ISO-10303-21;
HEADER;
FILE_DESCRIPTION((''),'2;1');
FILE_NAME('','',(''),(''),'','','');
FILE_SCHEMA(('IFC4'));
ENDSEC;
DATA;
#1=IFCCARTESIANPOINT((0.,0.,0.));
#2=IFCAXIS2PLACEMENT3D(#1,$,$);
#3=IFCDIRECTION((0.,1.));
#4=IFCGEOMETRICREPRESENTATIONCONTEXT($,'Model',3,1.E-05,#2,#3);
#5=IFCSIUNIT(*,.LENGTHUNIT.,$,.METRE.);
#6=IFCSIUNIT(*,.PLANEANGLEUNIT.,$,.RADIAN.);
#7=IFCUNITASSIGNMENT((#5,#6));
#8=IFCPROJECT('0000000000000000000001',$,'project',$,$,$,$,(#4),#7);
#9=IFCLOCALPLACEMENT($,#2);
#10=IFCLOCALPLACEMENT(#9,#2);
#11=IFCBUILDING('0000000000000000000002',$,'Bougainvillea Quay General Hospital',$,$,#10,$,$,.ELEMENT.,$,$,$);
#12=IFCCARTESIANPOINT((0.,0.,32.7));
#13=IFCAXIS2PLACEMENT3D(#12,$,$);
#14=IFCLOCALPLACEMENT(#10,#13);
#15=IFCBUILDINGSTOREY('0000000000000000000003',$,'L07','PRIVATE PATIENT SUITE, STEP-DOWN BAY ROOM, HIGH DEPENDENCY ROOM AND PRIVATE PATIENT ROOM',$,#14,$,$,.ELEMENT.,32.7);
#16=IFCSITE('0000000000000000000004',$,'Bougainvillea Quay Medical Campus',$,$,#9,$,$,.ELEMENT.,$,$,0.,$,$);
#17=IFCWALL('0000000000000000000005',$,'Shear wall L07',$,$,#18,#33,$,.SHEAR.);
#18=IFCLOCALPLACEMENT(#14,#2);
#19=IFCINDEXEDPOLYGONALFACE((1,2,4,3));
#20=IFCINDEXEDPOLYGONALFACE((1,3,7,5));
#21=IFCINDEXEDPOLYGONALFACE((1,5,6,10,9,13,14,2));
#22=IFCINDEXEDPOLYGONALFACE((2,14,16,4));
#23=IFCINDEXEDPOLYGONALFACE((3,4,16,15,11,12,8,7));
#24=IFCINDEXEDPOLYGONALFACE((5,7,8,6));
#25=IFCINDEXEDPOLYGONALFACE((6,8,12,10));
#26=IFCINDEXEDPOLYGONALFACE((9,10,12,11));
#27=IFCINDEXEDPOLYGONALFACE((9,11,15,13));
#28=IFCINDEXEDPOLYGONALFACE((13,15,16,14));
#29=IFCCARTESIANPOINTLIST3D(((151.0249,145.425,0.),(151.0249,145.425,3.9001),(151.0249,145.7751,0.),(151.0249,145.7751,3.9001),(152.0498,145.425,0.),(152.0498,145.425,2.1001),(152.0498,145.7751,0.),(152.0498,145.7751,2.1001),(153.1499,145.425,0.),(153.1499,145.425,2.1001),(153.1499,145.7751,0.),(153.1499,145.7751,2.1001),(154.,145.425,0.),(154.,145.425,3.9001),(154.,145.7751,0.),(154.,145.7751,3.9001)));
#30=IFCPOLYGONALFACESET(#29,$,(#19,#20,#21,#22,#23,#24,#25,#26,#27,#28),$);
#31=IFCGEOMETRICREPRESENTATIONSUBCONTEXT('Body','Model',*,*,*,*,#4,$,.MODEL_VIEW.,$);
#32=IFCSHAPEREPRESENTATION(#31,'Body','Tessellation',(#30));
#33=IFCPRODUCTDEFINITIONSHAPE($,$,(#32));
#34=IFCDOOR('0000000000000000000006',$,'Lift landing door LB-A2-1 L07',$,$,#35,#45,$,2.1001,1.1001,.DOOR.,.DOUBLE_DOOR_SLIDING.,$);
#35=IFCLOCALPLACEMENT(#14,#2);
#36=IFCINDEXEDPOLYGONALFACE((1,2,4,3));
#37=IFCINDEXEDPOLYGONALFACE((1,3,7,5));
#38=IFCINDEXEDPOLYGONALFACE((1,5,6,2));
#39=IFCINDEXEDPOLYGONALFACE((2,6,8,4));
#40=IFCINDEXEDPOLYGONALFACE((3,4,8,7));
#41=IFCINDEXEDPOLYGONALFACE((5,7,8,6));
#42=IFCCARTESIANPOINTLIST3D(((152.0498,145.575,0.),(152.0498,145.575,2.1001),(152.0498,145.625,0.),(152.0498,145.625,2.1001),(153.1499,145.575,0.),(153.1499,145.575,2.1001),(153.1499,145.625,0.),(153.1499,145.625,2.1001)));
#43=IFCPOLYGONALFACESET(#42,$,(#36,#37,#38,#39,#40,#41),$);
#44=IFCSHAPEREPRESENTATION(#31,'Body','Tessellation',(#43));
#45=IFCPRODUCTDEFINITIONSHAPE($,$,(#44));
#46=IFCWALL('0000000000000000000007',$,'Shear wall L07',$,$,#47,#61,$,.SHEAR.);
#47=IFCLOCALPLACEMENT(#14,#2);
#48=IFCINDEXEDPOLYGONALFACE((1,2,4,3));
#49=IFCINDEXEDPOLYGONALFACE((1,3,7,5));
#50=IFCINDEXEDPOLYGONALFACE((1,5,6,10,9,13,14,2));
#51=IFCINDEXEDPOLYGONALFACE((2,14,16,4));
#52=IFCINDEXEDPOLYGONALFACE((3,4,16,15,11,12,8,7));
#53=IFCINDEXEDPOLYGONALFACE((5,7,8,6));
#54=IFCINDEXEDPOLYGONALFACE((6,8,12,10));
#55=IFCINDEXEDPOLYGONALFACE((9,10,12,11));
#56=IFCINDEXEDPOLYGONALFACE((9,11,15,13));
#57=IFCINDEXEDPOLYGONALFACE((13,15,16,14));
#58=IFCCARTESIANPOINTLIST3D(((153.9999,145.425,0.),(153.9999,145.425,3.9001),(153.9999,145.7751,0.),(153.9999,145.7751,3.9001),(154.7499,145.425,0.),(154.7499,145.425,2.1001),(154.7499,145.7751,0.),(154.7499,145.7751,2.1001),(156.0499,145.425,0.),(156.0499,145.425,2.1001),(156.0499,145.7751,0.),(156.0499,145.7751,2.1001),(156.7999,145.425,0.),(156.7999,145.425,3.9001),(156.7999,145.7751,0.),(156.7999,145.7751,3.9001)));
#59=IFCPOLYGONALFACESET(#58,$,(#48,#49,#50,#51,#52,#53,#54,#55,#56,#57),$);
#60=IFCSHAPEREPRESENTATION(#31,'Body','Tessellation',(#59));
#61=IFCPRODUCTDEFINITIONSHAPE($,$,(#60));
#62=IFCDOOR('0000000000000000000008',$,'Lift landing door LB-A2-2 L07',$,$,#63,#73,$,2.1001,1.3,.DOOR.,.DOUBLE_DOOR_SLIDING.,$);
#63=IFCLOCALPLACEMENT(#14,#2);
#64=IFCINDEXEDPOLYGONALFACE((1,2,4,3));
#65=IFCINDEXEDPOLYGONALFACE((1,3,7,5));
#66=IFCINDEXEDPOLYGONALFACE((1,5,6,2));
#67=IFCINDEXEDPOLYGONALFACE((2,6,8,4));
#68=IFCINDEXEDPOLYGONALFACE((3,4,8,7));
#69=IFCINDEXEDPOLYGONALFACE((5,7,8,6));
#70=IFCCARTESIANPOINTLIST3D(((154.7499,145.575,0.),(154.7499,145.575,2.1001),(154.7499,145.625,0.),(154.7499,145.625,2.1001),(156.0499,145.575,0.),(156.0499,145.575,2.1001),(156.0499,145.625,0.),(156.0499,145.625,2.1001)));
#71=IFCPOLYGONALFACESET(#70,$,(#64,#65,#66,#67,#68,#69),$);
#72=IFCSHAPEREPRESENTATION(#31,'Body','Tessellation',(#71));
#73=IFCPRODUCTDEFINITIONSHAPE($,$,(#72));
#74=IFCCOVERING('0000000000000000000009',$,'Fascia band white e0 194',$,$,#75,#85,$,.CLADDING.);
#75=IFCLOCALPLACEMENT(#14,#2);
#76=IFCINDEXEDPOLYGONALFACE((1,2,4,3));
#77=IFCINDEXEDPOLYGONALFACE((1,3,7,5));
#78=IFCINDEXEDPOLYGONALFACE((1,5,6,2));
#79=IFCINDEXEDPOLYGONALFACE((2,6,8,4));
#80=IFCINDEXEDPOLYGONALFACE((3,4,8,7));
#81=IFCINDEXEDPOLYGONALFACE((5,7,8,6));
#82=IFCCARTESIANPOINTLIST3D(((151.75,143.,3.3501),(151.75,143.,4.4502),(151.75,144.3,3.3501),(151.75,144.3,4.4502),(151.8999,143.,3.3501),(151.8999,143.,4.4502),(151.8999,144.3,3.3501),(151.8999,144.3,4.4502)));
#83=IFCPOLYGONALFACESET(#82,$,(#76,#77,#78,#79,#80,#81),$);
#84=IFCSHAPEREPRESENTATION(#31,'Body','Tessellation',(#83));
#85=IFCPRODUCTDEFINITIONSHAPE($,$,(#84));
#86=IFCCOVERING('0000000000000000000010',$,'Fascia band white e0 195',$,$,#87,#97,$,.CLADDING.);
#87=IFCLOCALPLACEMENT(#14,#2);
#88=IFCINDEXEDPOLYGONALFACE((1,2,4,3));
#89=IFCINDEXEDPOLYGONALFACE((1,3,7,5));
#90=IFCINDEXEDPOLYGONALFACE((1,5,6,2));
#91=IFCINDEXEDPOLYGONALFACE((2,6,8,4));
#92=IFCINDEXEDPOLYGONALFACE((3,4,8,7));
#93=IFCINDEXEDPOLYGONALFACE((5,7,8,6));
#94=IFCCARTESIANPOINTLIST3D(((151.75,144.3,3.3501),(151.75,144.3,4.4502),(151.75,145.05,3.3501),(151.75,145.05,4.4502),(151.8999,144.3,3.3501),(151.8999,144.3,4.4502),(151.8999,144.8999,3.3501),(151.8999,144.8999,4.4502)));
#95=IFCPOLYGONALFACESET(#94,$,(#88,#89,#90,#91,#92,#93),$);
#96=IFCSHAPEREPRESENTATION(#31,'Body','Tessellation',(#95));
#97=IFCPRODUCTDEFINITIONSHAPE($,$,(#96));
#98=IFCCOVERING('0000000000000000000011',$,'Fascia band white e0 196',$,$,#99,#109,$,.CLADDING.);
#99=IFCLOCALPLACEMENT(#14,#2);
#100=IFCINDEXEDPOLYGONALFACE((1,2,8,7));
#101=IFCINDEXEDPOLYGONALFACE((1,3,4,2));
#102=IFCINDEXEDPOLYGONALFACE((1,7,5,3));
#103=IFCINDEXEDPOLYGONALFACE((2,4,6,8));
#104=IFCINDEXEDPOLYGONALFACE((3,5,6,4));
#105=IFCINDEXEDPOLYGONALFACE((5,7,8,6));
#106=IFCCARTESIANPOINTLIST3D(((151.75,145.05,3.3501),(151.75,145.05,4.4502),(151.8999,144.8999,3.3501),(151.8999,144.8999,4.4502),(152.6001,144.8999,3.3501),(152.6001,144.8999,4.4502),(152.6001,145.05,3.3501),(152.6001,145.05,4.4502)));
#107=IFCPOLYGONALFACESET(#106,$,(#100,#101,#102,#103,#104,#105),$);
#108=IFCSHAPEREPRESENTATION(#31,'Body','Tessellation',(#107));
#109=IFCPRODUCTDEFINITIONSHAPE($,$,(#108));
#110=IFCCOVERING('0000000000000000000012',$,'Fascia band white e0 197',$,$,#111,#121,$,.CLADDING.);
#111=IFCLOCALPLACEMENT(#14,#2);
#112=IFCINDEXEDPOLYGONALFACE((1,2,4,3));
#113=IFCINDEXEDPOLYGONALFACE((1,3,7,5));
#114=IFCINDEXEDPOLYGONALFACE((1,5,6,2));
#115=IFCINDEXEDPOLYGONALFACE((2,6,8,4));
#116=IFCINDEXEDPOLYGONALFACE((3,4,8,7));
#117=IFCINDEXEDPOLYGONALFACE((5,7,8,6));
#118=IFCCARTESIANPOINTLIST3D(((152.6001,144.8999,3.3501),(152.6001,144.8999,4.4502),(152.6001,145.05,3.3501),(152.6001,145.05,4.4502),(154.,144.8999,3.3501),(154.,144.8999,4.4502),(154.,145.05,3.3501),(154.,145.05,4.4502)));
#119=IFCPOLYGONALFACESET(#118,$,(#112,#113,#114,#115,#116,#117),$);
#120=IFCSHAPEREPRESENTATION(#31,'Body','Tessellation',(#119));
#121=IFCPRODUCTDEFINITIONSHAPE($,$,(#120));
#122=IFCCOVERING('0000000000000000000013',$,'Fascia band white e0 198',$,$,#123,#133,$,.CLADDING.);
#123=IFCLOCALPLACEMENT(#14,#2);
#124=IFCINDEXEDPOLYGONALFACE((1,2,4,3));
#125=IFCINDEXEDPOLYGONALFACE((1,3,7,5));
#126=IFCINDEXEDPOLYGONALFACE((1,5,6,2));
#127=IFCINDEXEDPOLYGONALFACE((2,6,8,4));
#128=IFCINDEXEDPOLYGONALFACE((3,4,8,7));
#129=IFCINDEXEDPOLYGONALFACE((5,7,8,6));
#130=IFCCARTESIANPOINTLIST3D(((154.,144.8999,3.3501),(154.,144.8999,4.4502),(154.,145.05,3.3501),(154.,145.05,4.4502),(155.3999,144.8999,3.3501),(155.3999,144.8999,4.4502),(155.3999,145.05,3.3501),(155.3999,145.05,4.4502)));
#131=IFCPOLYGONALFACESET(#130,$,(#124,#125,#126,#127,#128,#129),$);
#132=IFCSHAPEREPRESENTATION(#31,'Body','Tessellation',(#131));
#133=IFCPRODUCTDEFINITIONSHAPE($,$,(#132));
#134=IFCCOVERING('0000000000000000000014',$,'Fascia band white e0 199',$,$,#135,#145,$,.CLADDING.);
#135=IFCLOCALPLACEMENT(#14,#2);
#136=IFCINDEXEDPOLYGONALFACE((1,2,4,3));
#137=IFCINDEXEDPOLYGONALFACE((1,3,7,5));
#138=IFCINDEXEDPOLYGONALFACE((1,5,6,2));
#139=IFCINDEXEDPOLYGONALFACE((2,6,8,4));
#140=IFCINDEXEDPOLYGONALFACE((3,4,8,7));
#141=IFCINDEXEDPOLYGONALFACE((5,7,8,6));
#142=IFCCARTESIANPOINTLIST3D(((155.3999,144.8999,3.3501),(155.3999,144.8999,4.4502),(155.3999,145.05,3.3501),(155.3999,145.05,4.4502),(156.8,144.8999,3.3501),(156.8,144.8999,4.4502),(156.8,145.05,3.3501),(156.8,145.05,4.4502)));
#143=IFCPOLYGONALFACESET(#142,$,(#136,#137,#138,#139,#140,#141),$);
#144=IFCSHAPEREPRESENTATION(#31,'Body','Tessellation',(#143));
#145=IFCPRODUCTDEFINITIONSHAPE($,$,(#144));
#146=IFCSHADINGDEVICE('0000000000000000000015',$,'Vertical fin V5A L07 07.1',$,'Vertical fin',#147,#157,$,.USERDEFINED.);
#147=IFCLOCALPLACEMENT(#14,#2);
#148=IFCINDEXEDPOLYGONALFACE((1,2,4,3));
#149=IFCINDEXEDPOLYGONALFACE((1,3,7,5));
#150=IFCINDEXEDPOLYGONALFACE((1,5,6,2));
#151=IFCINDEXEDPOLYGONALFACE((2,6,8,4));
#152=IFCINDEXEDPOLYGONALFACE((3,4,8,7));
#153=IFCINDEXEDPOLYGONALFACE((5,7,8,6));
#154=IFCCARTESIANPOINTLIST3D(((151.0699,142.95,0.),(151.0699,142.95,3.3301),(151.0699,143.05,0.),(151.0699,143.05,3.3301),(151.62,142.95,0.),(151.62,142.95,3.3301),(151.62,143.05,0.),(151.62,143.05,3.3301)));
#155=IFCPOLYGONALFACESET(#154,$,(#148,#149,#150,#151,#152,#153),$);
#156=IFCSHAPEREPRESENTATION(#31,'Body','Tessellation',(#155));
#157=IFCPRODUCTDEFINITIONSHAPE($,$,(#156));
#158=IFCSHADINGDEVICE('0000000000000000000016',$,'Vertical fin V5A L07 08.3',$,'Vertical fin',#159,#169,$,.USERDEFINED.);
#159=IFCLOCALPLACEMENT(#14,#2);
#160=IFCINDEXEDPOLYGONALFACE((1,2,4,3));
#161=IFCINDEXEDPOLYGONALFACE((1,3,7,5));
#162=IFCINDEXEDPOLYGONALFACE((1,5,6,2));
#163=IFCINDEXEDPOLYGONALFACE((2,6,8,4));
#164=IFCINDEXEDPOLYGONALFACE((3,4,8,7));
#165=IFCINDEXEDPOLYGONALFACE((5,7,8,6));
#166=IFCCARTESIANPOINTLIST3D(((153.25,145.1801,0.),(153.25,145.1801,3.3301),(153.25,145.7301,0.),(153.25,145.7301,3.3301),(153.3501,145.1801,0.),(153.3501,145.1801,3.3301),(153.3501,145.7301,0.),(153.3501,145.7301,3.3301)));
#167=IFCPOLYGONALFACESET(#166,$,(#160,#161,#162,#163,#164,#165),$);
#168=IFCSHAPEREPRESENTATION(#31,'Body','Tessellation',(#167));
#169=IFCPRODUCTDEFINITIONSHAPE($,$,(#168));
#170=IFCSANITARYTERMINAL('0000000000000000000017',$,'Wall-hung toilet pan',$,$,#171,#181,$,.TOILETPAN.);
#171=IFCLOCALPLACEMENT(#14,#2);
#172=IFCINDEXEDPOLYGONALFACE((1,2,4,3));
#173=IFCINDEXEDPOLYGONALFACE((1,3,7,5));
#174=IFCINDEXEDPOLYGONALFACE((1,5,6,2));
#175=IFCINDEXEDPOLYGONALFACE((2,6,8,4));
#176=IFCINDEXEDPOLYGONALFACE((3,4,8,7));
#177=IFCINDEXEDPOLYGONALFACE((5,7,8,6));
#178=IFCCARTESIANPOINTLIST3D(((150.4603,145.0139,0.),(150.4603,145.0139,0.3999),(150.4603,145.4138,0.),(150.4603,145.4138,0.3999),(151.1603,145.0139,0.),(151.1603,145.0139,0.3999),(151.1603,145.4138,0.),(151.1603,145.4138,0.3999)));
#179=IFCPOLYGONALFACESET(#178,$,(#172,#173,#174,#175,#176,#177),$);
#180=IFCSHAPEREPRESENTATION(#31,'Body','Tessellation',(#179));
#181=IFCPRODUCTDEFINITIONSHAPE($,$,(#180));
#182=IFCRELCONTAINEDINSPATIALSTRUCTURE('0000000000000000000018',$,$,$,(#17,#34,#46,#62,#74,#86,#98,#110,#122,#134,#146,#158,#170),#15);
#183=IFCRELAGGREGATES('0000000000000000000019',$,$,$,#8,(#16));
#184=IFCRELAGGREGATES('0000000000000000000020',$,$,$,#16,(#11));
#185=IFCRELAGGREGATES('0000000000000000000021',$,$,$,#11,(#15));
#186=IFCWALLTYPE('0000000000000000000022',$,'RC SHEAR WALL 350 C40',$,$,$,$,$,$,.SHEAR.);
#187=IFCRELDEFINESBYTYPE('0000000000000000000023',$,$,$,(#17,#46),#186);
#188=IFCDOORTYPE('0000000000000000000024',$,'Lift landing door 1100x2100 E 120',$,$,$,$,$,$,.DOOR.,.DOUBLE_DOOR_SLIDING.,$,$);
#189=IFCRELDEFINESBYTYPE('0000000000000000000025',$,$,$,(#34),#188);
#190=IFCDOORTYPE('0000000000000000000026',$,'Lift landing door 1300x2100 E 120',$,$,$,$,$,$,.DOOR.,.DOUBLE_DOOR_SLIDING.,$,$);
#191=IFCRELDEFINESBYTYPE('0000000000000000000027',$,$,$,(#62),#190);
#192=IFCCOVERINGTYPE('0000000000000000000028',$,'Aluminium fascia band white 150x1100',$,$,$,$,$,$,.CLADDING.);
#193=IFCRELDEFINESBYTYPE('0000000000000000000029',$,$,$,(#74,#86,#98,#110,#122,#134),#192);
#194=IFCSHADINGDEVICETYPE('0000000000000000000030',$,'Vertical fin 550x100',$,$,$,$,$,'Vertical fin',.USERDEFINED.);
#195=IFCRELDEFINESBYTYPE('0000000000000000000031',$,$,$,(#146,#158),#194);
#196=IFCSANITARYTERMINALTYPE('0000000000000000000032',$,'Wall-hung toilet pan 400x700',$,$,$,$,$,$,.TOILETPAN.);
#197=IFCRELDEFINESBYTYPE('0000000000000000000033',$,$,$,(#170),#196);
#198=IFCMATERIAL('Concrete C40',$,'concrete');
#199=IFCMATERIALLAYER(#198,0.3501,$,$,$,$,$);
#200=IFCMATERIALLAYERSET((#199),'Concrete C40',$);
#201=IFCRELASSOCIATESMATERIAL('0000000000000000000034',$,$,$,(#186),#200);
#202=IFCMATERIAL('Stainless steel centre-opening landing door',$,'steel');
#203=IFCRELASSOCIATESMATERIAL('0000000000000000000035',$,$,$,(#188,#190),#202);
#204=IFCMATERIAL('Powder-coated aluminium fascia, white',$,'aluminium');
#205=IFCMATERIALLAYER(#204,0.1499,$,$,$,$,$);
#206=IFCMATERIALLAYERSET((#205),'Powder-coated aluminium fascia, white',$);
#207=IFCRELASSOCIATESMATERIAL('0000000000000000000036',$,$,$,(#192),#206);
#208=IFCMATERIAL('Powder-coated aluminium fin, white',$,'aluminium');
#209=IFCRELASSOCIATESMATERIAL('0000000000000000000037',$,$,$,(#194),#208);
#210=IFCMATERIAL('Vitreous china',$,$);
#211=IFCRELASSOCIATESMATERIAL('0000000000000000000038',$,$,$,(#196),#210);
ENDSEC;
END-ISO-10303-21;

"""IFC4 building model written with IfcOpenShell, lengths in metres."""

from ifc_helpers import new_model, si_unit, direction, frame, frame_2d, origin, origin_2d, place, context, subcontext, project, spatial, polyline, rectangle, outline, extrude, material, layer, layer_set, material_profile, profile_set, type_object, element, fill, save


model = new_model("IFC4")

# Units and contexts
model_context = context("Model", 3, precision=1e-05, world=origin(), true_north=direction((0.0, 1.0)))
body_context = subcontext(model_context, "Body", "Model", "MODEL_VIEW")
ifc_project = project(units=[si_unit("LENGTHUNIT", "METRE"), si_unit("PLANEANGLEUNIT", "RADIAN")], contexts=[model_context])

# Site, building, storey
site_placement = place(None, origin())
site = spatial("IfcSite", under=ifc_project, at=site_placement, Name="Bougainvillea Quay Medical Campus", CompositionType="ELEMENT", RefElevation=0.0)
building_placement = place(site_placement, origin())
building = spatial("IfcBuilding", under=site, at=building_placement, Name="Bougainvillea Quay General Hospital", CompositionType="ELEMENT")
storey_placement = place(building_placement, frame((0.0, 0.0, 32.7)))
storey = spatial("IfcBuildingStorey", under=building, at=storey_placement, Name="L07", Description="PRIVATE PATIENT SUITE, STEP-DOWN BAY ROOM, HIGH DEPENDENCY ROOM AND PRIVATE PATIENT ROOM", CompositionType="ELEMENT", Elevation=32.7)

# Shared definitions
ifc_material_1 = material(Name="Concrete C40", Category="concrete")

# Walls, openings, doors
ifc_layer_1 = layer(ifc_material_1, 0.3501)
ifc_layer_set_1 = layer_set([ifc_layer_1], Name="Concrete C40")
wall_type_1 = type_object("IfcWallType", Name="RC SHEAR WALL 350 C40", PredefinedType="SHEAR", material=ifc_layer_set_1)
wall_1_placement = place(storey_placement, frame((151.0249, 145.6001, 0.0), z_axis=(0.0, 0.0, 1.0), x_axis=(1.0, 0.0, 0.0)))
wall_1 = element("IfcWall", 1, at=wall_1_placement, inside=storey, type_object=wall_type_1, Name="Shear wall L07", PredefinedType="SHEAR", context=body_context, shape_type="SweptSolid", body=[
    extrude(rectangle(XDim=2.9751, YDim=0.3501, at=frame_2d((1.4875, 0.0))), origin(), (0.0, 0.0, 1.0), 3.9001),
])
opening_1_placement = place(wall_1_placement, frame((1.0249, 0.0, 0.0)))
opening_1 = element("IfcOpeningElement", 2, at=opening_1_placement, cuts=wall_1, PredefinedType="OPENING", context=body_context, shape_type="SweptSolid", body=[
    extrude(rectangle(XDim=1.1001, YDim=2.1001, at=frame_2d((0.55, 1.05))), frame((0.0, 0.1851, 0.0), z_axis=(0.0, -1.0, 0.0), x_axis=(1.0, 0.0, 0.0)), (0.0, 0.0, 1.0), 0.3701),
])
ifc_material_2 = material(Name="Stainless steel centre-opening landing door", Category="steel")
door_type_1 = type_object("IfcDoorType", Name="Lift landing door 1100x2100 E 120", OperationType="DOUBLE_DOOR_SLIDING", PredefinedType="DOOR", material=ifc_material_2)
door_1_placement = place(opening_1_placement, origin())
door_1 = element("IfcDoor", 3, at=door_1_placement, inside=storey, type_object=door_type_1, Name="Lift landing door LB-A2-1 L07", OperationType="DOUBLE_DOOR_SLIDING", OverallHeight=2.1001, OverallWidth=1.1001, PredefinedType="DOOR", context=body_context, shape_type="SweptSolid", body=[
    extrude(rectangle(XDim=1.1001, YDim=2.1001, at=frame_2d((0.55, 1.05))), frame((0.0, 0.0249, 0.0), z_axis=(0.0, -1.0, 0.0), x_axis=(1.0, 0.0, 0.0)), (0.0, 0.0, 1.0), 0.05),
])
fill(opening_1, door_1)
wall_2_placement = place(storey_placement, frame((154.0, 145.6001, 0.0), z_axis=(0.0, 0.0, 1.0), x_axis=(1.0, 0.0, 0.0)))
wall_2 = element("IfcWall", 4, at=wall_2_placement, inside=storey, type_object=wall_type_1, Name="Shear wall L07", PredefinedType="SHEAR", context=body_context, shape_type="SweptSolid", body=[
    extrude(rectangle(XDim=2.8, YDim=0.3501, at=frame_2d((1.3999, 0.0))), origin(), (0.0, 0.0, 1.0), 3.9001),
])
opening_2_placement = place(wall_2_placement, frame((0.75, 0.0, 0.0)))
opening_2 = element("IfcOpeningElement", 5, at=opening_2_placement, cuts=wall_2, PredefinedType="OPENING", context=body_context, shape_type="SweptSolid", body=[
    extrude(rectangle(XDim=1.3, YDim=2.1001, at=frame_2d((0.6499, 1.05))), frame((0.0, 0.1851, 0.0), z_axis=(0.0, -1.0, 0.0), x_axis=(1.0, 0.0, 0.0)), (0.0, 0.0, 1.0), 0.3701),
])
door_type_2 = type_object("IfcDoorType", Name="Lift landing door 1300x2100 E 120", OperationType="DOUBLE_DOOR_SLIDING", PredefinedType="DOOR", material=ifc_material_2)
door_2_placement = place(opening_2_placement, origin())
door_2 = element("IfcDoor", 6, at=door_2_placement, inside=storey, type_object=door_type_2, Name="Lift landing door LB-A2-2 L07", OperationType="DOUBLE_DOOR_SLIDING", OverallHeight=2.1001, OverallWidth=1.3, PredefinedType="DOOR", context=body_context, shape_type="SweptSolid", body=[
    extrude(rectangle(XDim=1.3, YDim=2.1001, at=frame_2d((0.6499, 1.05))), frame((0.0, 0.0249, 0.0), z_axis=(0.0, -1.0, 0.0), x_axis=(1.0, 0.0, 0.0)), (0.0, 0.0, 1.0), 0.05),
])
fill(opening_2, door_2)

# Coverings
ifc_material_3 = material(Name="Powder-coated aluminium fascia, white", Category="aluminium")
ifc_layer_2 = layer(ifc_material_3, 0.1499)
ifc_layer_set_2 = layer_set([ifc_layer_2], Name="Powder-coated aluminium fascia, white")
covering_type = type_object("IfcCoveringType", Name="Aluminium fascia band white 150x1100", PredefinedType="CLADDING", material=ifc_layer_set_2)
covering_1_placement = place(storey_placement, frame((151.75, 143.0, 3.3501), z_axis=(0.0, 0.0, 1.0), x_axis=(0.0, 1.0, 0.0)))
element("IfcCovering", 7, at=covering_1_placement, inside=storey, type_object=covering_type, Name="Fascia band white e0 194", PredefinedType="CLADDING", context=body_context, shape_type="SweptSolid", body=[
    extrude(outline(polyline([(0.0, 0.0), (1.3, 0.0), (1.3, -0.1499), (0.0, -0.1499), (0.0, 0.0)])), origin(), (0.0, 0.0, 1.0), 1.1001),
])
covering_2_placement = place(storey_placement, frame((151.75, 144.3, 3.3501), z_axis=(0.0, 0.0, 1.0), x_axis=(0.0, 1.0, 0.0)))
element("IfcCovering", 8, at=covering_2_placement, inside=storey, type_object=covering_type, Name="Fascia band white e0 195", PredefinedType="CLADDING", context=body_context, shape_type="SweptSolid", body=[
    extrude(outline(polyline([(0.0, 0.0), (0.75, 0.0), (0.5999, -0.1499), (0.0, -0.1499), (0.0, 0.0)])), origin(), (0.0, 0.0, 1.0), 1.1001),
])
covering_3_placement = place(storey_placement, frame((151.75, 145.05, 3.3501), z_axis=(0.0, 0.0, 1.0), x_axis=(1.0, 0.0, 0.0)))
element("IfcCovering", 9, at=covering_3_placement, inside=storey, type_object=covering_type, Name="Fascia band white e0 196", PredefinedType="CLADDING", context=body_context, shape_type="SweptSolid", body=[
    extrude(outline(polyline([(0.0, 0.0), (0.8501, 0.0), (0.8501, -0.1501), (0.1499, -0.1501), (0.0, 0.0)])), origin(), (0.0, 0.0, 1.0), 1.1001),
])
for number, where, z_axis, x_axis, name in (
    (10, (152.6001, 145.05, 3.3501), (0.0, 0.0, 1.0), (1.0, 0.0, 0.0), "Fascia band white e0 197"),
    (11, (154.0, 145.05, 3.3501), (0.0, 0.0, 1.0), (1.0, 0.0, 0.0), "Fascia band white e0 198"),
):
    element("IfcCovering", number, at=place(storey_placement, frame(where, z_axis=z_axis, x_axis=x_axis)), inside=storey, type_object=covering_type, Name=name, PredefinedType="CLADDING", context=body_context, shape_type="SweptSolid", body=[
        extrude(outline(polyline([(0.0, 0.0), (1.3999, 0.0), (1.3999, -0.1501), (0.0, -0.1501), (0.0, 0.0)])), origin(), (0.0, 0.0, 1.0), 1.1001),
    ])
covering_4_placement = place(storey_placement, frame((155.3999, 145.05, 3.3501), z_axis=(0.0, 0.0, 1.0), x_axis=(1.0, 0.0, 0.0)))
element("IfcCovering", 12, at=covering_4_placement, inside=storey, type_object=covering_type, Name="Fascia band white e0 199", PredefinedType="CLADDING", context=body_context, shape_type="SweptSolid", body=[
    extrude(outline(polyline([(0.0, 0.0), (1.4001, 0.0), (1.4001, -0.1501), (0.0, -0.1501), (0.0, 0.0)])), origin(), (0.0, 0.0, 1.0), 1.1001),
])

# Shading devices
ifc_material_4 = material(Name="Powder-coated aluminium fin, white", Category="aluminium")
ifc_material_profile_1 = material_profile(ifc_material_4, rectangle(XDim=0.55, YDim=0.1001, at=origin_2d()))
ifc_profile_set_1 = profile_set([ifc_material_profile_1], Name="Powder-coated aluminium fin, white")
shading_device_type = type_object("IfcShadingDeviceType", Name="Vertical fin 550x100", ElementType="Vertical fin", PredefinedType="USERDEFINED", material=ifc_profile_set_1)
for number, where, z_axis, x_axis, name in (
    (13, (151.345, 143.0, 0.0), (0.0, 0.0, 1.0), (1.0, 0.0, 0.0), "Vertical fin V5A L07 07.1"),
    (14, (153.3, 145.4551, 0.0), (0.0, 0.0, 1.0), (0.0, -1.0, 0.0), "Vertical fin V5A L07 08.3"),
):
    element("IfcShadingDevice", number, at=place(storey_placement, frame(where, z_axis=z_axis, x_axis=x_axis)), inside=storey, type_object=shading_device_type, Name=name, ObjectType="Vertical fin", PredefinedType="USERDEFINED", context=body_context, shape_type="SweptSolid", body=[
        extrude(rectangle(XDim=0.55, YDim=0.1001, at=origin_2d()), origin(), (0.0, 0.0, 1.0), 3.3301),
    ])

# Sanitary terminal
ifc_material_5 = material(Name="Vitreous china")
sanitary_terminal_type = type_object("IfcSanitaryTerminalType", Name="Wall-hung toilet pan 400x700", PredefinedType="TOILETPAN", material=ifc_material_5)
sanitary_terminal_placement = place(storey_placement, frame((150.8103, 145.2139, 0.0), z_axis=(0.0, 0.0, 1.0), x_axis=(0.0, -1.0, 0.0)))
element("IfcSanitaryTerminal", 15, at=sanitary_terminal_placement, inside=storey, type_object=sanitary_terminal_type, Name="Wall-hung toilet pan", PredefinedType="TOILETPAN", context=body_context, shape_type="SweptSolid", body=[
    extrude(rectangle(XDim=0.3999, YDim=0.7, at=origin_2d()), origin(), (0.0, 0.0, 1.0), 0.3999),
])

save(model, "model.ifc")
